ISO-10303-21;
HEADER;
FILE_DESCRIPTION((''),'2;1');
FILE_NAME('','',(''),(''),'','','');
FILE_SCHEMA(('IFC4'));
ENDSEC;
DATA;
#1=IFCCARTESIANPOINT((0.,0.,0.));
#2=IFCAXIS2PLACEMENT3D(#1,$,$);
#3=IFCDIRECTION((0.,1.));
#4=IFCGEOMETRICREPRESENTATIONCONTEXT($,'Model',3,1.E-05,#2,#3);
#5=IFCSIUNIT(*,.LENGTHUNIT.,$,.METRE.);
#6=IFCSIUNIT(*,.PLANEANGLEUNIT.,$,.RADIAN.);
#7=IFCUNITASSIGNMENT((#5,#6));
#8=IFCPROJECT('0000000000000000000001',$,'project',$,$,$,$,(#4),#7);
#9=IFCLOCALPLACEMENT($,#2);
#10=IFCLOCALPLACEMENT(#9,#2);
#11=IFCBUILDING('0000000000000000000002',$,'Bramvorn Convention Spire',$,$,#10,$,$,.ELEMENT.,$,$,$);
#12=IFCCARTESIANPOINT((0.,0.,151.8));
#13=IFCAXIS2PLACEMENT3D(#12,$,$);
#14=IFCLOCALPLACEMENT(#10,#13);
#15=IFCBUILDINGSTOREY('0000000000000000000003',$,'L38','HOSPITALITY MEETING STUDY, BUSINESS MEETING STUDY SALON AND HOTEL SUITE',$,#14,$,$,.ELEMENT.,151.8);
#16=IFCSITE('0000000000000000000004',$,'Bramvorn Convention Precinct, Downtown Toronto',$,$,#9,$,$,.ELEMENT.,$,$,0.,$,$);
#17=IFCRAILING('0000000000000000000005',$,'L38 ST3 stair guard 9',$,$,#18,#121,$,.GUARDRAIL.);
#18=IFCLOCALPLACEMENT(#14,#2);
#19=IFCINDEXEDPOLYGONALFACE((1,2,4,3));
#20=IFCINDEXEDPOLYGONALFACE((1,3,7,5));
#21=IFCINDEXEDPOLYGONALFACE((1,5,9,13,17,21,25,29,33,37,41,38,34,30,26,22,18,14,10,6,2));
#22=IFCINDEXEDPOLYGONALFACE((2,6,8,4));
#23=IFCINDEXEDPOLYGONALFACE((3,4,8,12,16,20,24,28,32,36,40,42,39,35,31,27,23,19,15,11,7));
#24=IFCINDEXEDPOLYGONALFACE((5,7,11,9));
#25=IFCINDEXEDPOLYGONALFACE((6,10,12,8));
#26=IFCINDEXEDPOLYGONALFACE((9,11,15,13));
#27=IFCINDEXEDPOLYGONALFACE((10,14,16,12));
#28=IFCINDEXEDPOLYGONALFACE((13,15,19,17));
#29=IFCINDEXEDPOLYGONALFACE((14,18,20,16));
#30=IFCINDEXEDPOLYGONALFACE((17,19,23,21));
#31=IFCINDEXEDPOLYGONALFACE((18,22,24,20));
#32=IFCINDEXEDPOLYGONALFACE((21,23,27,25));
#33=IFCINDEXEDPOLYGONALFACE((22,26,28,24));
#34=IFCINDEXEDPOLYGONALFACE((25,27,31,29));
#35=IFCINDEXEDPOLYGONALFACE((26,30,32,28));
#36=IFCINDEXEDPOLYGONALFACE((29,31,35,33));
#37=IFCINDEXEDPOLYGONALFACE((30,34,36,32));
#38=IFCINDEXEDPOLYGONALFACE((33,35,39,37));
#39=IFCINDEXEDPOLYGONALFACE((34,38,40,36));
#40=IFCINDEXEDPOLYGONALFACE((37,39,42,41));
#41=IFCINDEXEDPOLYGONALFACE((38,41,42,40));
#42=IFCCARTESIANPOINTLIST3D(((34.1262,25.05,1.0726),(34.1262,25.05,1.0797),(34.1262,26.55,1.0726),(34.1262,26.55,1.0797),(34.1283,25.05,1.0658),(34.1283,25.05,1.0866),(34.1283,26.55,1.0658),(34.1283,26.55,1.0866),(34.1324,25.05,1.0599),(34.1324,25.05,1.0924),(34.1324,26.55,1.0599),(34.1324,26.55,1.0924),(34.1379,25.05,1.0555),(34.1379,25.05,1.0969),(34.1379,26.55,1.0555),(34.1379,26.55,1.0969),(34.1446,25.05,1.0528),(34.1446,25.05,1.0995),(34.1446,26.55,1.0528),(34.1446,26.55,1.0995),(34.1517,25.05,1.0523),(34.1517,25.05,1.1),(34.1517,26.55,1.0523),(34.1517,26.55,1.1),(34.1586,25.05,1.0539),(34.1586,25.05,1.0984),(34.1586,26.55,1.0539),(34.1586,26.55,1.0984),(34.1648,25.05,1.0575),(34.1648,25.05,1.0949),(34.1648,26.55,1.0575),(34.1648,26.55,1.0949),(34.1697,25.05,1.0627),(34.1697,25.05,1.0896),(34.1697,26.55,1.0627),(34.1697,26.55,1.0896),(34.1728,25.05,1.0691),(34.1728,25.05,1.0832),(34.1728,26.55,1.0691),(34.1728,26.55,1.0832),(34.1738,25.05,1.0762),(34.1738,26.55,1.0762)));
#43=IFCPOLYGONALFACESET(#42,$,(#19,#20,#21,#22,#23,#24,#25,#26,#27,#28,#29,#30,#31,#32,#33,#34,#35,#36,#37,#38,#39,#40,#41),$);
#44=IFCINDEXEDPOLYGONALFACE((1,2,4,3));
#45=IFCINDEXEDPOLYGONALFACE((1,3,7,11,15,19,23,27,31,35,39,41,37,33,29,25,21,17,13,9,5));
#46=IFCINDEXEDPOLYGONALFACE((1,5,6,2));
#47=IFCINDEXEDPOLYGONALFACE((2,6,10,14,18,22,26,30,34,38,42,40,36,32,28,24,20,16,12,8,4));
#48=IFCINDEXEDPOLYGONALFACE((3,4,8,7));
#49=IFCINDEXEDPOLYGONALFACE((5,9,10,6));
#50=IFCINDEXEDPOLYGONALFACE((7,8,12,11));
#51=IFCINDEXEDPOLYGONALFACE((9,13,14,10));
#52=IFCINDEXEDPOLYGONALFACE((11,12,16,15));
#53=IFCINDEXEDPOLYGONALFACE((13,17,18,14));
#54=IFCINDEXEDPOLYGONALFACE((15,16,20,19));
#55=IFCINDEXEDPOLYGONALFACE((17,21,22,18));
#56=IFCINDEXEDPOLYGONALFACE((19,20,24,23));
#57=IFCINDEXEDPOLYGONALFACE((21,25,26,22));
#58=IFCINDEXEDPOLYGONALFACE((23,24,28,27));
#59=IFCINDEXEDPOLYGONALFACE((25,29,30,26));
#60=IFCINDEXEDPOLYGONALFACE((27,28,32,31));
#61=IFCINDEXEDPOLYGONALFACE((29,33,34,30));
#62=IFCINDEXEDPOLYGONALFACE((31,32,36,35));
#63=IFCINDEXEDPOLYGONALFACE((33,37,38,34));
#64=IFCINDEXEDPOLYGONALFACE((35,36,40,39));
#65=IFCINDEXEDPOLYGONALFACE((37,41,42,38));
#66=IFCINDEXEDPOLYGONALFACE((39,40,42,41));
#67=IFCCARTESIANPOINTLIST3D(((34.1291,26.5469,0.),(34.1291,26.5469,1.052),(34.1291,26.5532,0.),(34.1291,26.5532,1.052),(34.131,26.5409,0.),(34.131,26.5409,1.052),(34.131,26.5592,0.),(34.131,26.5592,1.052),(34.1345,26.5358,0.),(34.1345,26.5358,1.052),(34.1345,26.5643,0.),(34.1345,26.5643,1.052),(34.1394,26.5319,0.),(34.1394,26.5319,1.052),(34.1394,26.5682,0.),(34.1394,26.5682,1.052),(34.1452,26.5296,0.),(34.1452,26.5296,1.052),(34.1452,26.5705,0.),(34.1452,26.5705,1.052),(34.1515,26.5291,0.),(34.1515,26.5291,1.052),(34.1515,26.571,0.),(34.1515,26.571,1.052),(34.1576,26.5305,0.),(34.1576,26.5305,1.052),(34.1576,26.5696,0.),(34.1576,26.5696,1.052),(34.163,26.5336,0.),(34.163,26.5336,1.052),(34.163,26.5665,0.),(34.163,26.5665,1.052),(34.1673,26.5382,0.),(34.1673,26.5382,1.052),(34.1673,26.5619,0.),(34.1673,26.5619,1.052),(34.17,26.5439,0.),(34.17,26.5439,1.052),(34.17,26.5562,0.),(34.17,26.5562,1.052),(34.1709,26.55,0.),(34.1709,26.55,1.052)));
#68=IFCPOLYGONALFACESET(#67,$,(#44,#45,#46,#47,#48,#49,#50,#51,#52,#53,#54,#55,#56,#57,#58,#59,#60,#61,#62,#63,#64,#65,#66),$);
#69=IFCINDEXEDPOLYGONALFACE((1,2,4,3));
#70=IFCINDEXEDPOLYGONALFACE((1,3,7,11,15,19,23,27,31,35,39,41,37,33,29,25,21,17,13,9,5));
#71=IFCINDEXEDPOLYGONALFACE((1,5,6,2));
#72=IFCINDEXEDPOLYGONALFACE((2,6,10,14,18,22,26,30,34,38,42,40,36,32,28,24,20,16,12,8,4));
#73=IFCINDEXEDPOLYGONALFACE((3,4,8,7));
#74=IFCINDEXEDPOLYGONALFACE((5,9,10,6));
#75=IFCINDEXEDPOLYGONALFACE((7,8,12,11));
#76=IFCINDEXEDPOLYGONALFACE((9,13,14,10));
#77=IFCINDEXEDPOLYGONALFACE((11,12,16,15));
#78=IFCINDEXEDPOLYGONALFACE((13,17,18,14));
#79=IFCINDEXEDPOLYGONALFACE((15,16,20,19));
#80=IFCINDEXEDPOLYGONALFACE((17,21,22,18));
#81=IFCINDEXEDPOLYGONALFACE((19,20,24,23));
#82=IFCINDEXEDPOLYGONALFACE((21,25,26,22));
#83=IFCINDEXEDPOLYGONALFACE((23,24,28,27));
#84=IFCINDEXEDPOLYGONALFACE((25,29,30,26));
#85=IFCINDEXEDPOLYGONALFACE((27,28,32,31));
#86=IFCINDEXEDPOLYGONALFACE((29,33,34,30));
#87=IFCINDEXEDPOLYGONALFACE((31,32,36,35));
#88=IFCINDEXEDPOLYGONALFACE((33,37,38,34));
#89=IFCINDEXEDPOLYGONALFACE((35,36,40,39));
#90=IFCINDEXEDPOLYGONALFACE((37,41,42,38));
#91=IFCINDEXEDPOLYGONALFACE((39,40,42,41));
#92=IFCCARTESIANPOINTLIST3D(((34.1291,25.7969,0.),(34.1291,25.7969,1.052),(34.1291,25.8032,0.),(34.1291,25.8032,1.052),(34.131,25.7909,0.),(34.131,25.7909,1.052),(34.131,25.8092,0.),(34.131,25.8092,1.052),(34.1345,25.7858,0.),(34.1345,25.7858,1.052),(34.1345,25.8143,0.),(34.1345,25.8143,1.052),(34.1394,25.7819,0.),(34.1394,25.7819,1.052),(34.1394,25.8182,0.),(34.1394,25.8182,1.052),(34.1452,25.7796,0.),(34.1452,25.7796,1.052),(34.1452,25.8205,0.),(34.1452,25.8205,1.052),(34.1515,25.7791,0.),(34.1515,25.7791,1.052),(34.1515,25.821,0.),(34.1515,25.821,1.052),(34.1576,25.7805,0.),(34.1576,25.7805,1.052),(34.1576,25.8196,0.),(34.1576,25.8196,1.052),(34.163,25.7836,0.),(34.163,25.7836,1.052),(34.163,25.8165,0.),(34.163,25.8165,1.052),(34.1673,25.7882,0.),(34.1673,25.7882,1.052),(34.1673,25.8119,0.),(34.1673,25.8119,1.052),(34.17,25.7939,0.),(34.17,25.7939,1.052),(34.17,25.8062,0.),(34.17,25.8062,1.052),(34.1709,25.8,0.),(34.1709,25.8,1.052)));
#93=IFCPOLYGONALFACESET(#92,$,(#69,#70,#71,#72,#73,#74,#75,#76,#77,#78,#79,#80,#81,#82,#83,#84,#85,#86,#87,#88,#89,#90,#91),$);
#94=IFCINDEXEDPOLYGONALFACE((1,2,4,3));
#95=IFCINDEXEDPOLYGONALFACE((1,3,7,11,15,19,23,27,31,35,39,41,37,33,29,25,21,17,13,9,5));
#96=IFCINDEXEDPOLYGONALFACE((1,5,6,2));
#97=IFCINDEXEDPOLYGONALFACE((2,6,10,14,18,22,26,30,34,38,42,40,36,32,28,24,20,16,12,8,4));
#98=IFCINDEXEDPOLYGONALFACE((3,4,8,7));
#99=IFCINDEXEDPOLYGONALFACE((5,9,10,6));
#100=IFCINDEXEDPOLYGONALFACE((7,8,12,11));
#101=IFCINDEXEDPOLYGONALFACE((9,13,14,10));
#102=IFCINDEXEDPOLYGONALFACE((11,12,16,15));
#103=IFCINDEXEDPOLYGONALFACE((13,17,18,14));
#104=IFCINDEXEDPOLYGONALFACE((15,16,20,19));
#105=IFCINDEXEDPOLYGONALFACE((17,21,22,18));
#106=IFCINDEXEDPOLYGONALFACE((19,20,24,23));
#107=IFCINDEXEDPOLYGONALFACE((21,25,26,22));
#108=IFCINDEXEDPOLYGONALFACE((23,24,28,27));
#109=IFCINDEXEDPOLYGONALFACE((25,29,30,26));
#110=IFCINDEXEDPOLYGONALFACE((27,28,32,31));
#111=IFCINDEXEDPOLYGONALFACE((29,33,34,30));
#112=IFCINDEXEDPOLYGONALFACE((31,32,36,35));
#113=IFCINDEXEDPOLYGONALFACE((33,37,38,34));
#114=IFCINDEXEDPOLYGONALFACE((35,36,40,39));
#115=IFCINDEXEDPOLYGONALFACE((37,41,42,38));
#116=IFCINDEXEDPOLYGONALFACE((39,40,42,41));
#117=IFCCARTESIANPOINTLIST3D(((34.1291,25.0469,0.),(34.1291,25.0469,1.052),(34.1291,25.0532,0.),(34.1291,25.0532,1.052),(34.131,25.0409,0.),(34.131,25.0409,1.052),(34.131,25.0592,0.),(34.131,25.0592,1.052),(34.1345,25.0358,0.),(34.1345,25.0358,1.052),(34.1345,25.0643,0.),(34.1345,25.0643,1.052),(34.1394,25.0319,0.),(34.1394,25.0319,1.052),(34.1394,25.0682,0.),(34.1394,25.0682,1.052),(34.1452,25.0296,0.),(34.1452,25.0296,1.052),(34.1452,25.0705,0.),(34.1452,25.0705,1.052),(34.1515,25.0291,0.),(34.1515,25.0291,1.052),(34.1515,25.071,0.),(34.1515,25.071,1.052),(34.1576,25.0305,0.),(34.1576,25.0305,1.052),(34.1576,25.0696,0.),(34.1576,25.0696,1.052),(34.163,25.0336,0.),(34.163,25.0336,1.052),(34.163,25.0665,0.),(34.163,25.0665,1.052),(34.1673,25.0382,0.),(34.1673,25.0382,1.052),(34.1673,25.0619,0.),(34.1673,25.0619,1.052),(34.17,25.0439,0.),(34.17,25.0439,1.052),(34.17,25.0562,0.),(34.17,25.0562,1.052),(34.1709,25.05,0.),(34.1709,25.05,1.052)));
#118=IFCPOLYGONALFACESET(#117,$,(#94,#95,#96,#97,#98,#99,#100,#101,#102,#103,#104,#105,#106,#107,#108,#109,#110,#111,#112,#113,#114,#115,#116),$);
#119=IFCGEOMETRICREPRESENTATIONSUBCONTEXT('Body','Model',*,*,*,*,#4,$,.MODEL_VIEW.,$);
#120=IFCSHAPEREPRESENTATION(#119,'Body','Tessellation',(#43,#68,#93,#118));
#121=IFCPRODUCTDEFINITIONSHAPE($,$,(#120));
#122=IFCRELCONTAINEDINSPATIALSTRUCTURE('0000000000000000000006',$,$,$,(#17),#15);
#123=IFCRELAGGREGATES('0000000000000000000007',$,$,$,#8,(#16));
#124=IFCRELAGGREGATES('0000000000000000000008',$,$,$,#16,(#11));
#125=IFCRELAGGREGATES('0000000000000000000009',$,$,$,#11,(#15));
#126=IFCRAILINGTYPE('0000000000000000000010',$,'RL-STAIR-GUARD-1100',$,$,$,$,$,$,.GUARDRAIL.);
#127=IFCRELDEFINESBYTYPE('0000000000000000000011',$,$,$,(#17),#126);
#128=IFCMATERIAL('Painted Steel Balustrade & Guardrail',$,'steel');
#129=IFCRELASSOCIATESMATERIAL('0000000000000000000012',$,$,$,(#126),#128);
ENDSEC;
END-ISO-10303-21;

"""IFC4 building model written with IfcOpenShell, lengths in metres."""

from ifc_helpers import new_model, si_unit, direction, frame, origin, origin_2d, place, context, subcontext, project, spatial, circle, extrude, material, type_object, element, save


model = new_model("IFC4")

# Units and contexts
model_context = context("Model", 3, precision=1e-05, world=origin(), true_north=direction((0.0, 1.0)))
body_context = subcontext(model_context, "Body", "Model", "MODEL_VIEW")
ifc_project = project(units=[si_unit("LENGTHUNIT", "METRE"), si_unit("PLANEANGLEUNIT", "RADIAN")], contexts=[model_context])

# Site, building, storey
site_placement = place(None, origin())
site = spatial("IfcSite", under=ifc_project, at=site_placement, Name="Bramvorn Convention Precinct, Downtown Toronto", CompositionType="ELEMENT", RefElevation=0.0)
building_placement = place(site_placement, origin())
building = spatial("IfcBuilding", under=site, at=building_placement, Name="Bramvorn Convention Spire", CompositionType="ELEMENT")
storey_placement = place(building_placement, frame((0.0, 0.0, 151.8)))
storey = spatial("IfcBuildingStorey", under=building, at=storey_placement, Name="L38", Description="HOSPITALITY MEETING STUDY, BUSINESS MEETING STUDY SALON AND HOTEL SUITE", CompositionType="ELEMENT", Elevation=151.8)

# Railing
ifc_material_1 = material(Name="Painted Steel Balustrade & Guardrail", Category="steel")
railing_type_1 = type_object("IfcRailingType", Name="RL-STAIR-GUARD-1100", PredefinedType="GUARDRAIL", material=ifc_material_1)
railing_1_placement = place(storey_placement, frame((34.1499, 26.55, 0.0)))
element("IfcRailing", 1, at=railing_1_placement, inside=storey, type_object=railing_type_1, Name="L38 ST3 stair guard 9", PredefinedType="GUARDRAIL", context=body_context, shape_type="SweptSolid", body=[
    extrude(circle(Radius=0.0239, at=origin_2d()), frame((0.0, 0.0, 1.0762), z_axis=(0.0, -1.0, 0.0), x_axis=(1.0, 0.0, 0.0)), (0.0, 0.0, 1.0), 1.5),
    extrude(circle(Radius=0.021, at=origin_2d()), origin(), (0.0, 0.0, 1.0), 1.052),
    extrude(circle(Radius=0.021, at=origin_2d()), frame((0.0, -0.75, 0.0)), (0.0, 0.0, 1.0), 1.052),
    extrude(circle(Radius=0.021, at=origin_2d()), frame((0.0, -1.5, 0.0)), (0.0, 0.0, 1.0), 1.052),
])

save(model, "model.ifc")
